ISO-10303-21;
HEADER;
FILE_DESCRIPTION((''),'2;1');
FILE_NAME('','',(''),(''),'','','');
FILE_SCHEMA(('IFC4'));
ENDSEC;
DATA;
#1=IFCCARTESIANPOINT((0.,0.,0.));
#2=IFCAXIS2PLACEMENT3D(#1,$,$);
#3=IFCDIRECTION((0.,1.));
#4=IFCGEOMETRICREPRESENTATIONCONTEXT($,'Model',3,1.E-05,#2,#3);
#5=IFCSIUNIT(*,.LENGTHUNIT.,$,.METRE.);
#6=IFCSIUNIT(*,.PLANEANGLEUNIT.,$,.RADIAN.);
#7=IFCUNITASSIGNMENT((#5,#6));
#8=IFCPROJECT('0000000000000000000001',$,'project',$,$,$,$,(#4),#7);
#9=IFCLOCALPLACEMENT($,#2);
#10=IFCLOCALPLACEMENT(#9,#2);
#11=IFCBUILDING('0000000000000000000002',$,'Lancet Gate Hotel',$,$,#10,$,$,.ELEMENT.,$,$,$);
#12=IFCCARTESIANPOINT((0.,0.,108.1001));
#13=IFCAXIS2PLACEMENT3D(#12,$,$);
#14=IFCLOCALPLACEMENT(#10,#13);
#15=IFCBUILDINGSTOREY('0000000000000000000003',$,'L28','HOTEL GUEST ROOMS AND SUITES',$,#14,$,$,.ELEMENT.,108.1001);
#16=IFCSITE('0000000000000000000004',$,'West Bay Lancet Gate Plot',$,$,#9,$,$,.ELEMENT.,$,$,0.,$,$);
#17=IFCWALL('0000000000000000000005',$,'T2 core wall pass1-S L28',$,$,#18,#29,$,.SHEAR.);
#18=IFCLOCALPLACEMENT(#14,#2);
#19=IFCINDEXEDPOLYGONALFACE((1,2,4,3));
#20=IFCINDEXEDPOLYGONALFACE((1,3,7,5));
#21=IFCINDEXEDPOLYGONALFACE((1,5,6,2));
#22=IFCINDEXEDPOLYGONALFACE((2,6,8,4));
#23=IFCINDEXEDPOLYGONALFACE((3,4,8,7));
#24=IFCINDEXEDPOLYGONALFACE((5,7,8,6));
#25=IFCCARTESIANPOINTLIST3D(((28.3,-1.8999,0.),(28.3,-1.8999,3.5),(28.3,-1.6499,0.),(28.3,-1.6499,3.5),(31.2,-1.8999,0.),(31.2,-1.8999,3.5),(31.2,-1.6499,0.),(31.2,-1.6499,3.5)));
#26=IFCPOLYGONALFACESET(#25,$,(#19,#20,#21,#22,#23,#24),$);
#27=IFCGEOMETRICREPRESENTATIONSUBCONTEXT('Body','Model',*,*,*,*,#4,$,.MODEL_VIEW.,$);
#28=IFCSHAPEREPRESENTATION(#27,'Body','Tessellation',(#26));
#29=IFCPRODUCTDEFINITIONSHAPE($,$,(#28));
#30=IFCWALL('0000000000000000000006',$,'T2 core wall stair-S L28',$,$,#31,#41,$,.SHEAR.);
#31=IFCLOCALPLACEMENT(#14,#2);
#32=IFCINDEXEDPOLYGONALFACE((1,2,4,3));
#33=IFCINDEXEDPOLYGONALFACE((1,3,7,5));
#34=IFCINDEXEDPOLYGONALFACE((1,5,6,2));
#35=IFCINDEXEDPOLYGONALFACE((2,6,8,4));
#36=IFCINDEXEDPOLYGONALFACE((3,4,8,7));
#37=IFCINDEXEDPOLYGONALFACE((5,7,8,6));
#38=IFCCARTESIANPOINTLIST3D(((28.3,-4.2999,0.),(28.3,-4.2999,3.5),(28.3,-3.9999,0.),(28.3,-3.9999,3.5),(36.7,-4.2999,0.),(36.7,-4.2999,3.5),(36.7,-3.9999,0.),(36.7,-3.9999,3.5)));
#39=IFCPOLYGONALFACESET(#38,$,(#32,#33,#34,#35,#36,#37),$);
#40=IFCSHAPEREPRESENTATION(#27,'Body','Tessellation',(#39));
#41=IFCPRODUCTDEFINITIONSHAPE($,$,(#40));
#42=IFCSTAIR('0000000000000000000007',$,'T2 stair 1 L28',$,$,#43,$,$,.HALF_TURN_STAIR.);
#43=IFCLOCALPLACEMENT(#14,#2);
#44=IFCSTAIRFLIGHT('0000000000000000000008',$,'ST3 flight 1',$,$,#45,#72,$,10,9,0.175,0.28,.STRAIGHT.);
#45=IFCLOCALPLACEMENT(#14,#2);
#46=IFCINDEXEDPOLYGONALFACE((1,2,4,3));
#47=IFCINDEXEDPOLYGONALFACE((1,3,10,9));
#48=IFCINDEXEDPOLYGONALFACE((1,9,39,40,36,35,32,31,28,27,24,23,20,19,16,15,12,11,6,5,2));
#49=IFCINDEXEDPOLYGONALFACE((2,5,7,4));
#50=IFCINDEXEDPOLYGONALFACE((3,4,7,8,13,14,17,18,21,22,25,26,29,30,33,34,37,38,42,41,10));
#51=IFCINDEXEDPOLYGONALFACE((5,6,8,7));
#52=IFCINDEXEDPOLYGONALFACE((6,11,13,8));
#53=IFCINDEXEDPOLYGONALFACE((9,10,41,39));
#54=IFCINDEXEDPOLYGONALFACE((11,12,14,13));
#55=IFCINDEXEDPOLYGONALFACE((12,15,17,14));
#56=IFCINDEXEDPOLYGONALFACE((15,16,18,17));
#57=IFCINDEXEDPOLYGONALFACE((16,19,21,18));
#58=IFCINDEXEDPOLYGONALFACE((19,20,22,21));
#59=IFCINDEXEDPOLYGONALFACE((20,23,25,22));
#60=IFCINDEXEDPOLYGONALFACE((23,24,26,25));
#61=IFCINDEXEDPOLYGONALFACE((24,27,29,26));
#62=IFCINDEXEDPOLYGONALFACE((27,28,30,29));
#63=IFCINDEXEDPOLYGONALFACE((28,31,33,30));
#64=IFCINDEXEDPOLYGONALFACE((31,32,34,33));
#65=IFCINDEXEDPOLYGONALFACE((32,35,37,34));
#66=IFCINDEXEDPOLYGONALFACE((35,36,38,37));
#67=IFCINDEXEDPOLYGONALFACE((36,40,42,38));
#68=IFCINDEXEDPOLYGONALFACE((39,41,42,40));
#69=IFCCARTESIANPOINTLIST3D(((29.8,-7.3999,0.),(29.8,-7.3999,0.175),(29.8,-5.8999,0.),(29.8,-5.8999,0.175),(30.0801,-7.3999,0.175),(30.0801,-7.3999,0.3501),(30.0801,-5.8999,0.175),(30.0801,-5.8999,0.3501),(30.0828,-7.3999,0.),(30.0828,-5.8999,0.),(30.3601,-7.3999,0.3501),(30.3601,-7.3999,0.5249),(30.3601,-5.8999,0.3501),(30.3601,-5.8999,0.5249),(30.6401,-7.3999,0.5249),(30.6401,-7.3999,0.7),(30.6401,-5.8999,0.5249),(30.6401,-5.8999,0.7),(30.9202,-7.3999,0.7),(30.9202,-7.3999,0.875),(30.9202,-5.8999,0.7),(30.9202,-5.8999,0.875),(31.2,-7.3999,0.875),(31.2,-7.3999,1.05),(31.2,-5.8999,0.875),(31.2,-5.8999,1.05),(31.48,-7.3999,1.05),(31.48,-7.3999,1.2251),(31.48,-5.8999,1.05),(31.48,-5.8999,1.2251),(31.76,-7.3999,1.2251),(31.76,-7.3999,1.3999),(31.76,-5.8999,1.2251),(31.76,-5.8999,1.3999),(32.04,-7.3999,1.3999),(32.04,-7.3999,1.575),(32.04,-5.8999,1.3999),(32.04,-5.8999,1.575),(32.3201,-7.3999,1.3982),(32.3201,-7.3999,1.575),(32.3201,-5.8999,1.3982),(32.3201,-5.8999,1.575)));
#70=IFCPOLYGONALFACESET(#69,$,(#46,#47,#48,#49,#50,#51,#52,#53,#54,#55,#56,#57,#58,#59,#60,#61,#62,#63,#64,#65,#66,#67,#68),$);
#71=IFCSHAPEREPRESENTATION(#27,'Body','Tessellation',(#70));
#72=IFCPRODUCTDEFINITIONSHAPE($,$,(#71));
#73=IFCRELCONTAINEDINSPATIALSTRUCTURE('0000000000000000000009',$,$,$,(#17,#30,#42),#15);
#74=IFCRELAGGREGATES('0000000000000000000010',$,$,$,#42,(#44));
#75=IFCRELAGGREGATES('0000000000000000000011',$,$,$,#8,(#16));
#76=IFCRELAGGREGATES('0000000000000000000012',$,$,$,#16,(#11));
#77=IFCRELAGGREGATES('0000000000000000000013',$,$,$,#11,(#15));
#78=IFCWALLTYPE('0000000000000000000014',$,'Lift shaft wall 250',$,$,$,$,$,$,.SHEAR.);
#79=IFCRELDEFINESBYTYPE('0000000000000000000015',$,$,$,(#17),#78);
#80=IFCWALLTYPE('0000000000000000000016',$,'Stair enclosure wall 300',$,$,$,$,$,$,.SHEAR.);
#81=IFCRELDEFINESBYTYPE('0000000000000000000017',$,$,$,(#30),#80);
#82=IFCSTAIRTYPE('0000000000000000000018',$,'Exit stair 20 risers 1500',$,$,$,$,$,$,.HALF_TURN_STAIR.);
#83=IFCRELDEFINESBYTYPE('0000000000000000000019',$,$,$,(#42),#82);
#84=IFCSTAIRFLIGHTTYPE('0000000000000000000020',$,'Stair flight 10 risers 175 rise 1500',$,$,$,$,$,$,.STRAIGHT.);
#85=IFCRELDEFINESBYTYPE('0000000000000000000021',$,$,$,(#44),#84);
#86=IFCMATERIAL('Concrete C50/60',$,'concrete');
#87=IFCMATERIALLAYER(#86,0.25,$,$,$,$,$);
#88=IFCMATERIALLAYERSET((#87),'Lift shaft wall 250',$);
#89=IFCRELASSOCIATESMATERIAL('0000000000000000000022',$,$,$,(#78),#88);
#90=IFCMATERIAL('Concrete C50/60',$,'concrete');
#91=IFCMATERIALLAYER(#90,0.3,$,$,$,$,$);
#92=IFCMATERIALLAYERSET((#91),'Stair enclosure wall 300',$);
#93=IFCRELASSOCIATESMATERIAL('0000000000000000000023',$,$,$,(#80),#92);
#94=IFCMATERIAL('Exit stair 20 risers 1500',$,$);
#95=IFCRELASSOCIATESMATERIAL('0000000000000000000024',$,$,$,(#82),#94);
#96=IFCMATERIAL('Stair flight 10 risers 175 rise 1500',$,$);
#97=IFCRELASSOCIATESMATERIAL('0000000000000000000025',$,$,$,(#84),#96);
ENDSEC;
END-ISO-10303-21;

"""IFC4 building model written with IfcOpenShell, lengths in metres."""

from ifc_helpers import new_model, si_unit, direction, frame, frame_2d, origin, place, context, subcontext, project, spatial, polyline, rectangle, outline, extrude, material, layer, layer_set, type_object, element, aggregate, save


model = new_model("IFC4")

# Units and contexts
model_context = context("Model", 3, precision=1e-05, world=origin(), true_north=direction((0.0, 1.0)))
body_context = subcontext(model_context, "Body", "Model", "MODEL_VIEW")
ifc_project = project(units=[si_unit("LENGTHUNIT", "METRE"), si_unit("PLANEANGLEUNIT", "RADIAN")], contexts=[model_context])

# Site, building, storey
site_placement = place(None, origin())
site = spatial("IfcSite", under=ifc_project, at=site_placement, Name="West Bay Lancet Gate Plot", CompositionType="ELEMENT", RefElevation=0.0)
building_placement = place(site_placement, origin())
building = spatial("IfcBuilding", under=site, at=building_placement, Name="Lancet Gate Hotel", CompositionType="ELEMENT")
storey_placement = place(building_placement, frame((0.0, 0.0, 108.1001)))
storey = spatial("IfcBuildingStorey", under=building, at=storey_placement, Name="L28", Description="HOTEL GUEST ROOMS AND SUITES", CompositionType="ELEMENT", Elevation=108.1001)

# Walls
ifc_material_1 = material(Name="Concrete C50/60", Category="concrete")
ifc_layer_1 = layer(ifc_material_1, 0.25)
ifc_layer_set_1 = layer_set([ifc_layer_1], Name="Lift shaft wall 250")
wall_type_1 = type_object("IfcWallType", Name="Lift shaft wall 250", PredefinedType="SHEAR", material=ifc_layer_set_1)
wall_1_placement = place(storey_placement, frame((28.3, -1.7749, 0.0), z_axis=(0.0, 0.0, 1.0), x_axis=(1.0, 0.0, 0.0)))
element("IfcWall", 1, at=wall_1_placement, inside=storey, type_object=wall_type_1, Name="T2 core wall pass1-S L28", PredefinedType="SHEAR", context=body_context, shape_type="SweptSolid", body=[
    extrude(rectangle(XDim=2.8999, YDim=0.25, at=frame_2d((1.45, 0.0))), origin(), (0.0, 0.0, 1.0), 3.5),
])
ifc_material_2 = material(Name="Concrete C50/60", Category="concrete")
ifc_layer_2 = layer(ifc_material_2, 0.3)
ifc_layer_set_2 = layer_set([ifc_layer_2], Name="Stair enclosure wall 300")
wall_type_2 = type_object("IfcWallType", Name="Stair enclosure wall 300", PredefinedType="SHEAR", material=ifc_layer_set_2)
wall_2_placement = place(storey_placement, frame((28.3, -4.1499, 0.0), z_axis=(0.0, 0.0, 1.0), x_axis=(1.0, 0.0, 0.0)))
element("IfcWall", 2, at=wall_2_placement, inside=storey, type_object=wall_type_2, Name="T2 core wall stair-S L28", PredefinedType="SHEAR", context=body_context, shape_type="SweptSolid", body=[
    extrude(rectangle(XDim=8.3999, YDim=0.3, at=frame_2d((4.2, 0.0))), origin(), (0.0, 0.0, 1.0), 3.5),
])

# Stair, stair flight
ifc_material_3 = material(Name="Exit stair 20 risers 1500")
stair_type = type_object("IfcStairType", Name="Exit stair 20 risers 1500", PredefinedType="HALF_TURN_STAIR", material=ifc_material_3)
stair_placement = place(storey_placement, origin())
stair = element("IfcStair", 3, at=stair_placement, inside=storey, type_object=stair_type, Name="T2 stair 1 L28", PredefinedType="HALF_TURN_STAIR")
ifc_material_4 = material(Name="Stair flight 10 risers 175 rise 1500")
stair_flight_type = type_object("IfcStairFlightType", Name="Stair flight 10 risers 175 rise 1500", PredefinedType="STRAIGHT", material=ifc_material_4)
stair_flight_placement = place(storey_placement, frame((29.8, -6.6499, 0.0), z_axis=(0.0, 0.0, 1.0), x_axis=(1.0, 0.0, 0.0)))
stair_flight = element("IfcStairFlight", 4, at=stair_flight_placement, type_object=stair_flight_type, Name="ST3 flight 1", NumberOfRisers=10, NumberOfTreads=9, PredefinedType="STRAIGHT", RiserHeight=0.175, TreadLength=0.28, context=body_context, shape_type="SweptSolid", body=[
    extrude(outline(polyline([(0.0, 0.0), (0.0, 0.175), (0.28, 0.175), (0.28, 0.3501), (0.5601, 0.3501), (0.5601, 0.5249), (0.8401, 0.5249), (0.8401, 0.7), (1.1201, 0.7), (1.1201, 0.875), (1.3999, 0.875), (1.3999, 1.05), (1.6799, 1.05), (1.6799, 1.2251), (1.96, 1.2251), (1.96, 1.3999), (2.24, 1.3999), (2.24, 1.575), (2.52, 1.575), (2.52, 1.75), (2.52, 1.3982), (0.2827, 0.0), (0.0, 0.0)])), frame((0.0, 0.75, 0.0), z_axis=(0.0, -1.0, 0.0), x_axis=(1.0, 0.0, 0.0)), (0.0, 0.0, 1.0), 1.5),
])
aggregate(stair, [stair_flight])

save(model, "model.ifc")
